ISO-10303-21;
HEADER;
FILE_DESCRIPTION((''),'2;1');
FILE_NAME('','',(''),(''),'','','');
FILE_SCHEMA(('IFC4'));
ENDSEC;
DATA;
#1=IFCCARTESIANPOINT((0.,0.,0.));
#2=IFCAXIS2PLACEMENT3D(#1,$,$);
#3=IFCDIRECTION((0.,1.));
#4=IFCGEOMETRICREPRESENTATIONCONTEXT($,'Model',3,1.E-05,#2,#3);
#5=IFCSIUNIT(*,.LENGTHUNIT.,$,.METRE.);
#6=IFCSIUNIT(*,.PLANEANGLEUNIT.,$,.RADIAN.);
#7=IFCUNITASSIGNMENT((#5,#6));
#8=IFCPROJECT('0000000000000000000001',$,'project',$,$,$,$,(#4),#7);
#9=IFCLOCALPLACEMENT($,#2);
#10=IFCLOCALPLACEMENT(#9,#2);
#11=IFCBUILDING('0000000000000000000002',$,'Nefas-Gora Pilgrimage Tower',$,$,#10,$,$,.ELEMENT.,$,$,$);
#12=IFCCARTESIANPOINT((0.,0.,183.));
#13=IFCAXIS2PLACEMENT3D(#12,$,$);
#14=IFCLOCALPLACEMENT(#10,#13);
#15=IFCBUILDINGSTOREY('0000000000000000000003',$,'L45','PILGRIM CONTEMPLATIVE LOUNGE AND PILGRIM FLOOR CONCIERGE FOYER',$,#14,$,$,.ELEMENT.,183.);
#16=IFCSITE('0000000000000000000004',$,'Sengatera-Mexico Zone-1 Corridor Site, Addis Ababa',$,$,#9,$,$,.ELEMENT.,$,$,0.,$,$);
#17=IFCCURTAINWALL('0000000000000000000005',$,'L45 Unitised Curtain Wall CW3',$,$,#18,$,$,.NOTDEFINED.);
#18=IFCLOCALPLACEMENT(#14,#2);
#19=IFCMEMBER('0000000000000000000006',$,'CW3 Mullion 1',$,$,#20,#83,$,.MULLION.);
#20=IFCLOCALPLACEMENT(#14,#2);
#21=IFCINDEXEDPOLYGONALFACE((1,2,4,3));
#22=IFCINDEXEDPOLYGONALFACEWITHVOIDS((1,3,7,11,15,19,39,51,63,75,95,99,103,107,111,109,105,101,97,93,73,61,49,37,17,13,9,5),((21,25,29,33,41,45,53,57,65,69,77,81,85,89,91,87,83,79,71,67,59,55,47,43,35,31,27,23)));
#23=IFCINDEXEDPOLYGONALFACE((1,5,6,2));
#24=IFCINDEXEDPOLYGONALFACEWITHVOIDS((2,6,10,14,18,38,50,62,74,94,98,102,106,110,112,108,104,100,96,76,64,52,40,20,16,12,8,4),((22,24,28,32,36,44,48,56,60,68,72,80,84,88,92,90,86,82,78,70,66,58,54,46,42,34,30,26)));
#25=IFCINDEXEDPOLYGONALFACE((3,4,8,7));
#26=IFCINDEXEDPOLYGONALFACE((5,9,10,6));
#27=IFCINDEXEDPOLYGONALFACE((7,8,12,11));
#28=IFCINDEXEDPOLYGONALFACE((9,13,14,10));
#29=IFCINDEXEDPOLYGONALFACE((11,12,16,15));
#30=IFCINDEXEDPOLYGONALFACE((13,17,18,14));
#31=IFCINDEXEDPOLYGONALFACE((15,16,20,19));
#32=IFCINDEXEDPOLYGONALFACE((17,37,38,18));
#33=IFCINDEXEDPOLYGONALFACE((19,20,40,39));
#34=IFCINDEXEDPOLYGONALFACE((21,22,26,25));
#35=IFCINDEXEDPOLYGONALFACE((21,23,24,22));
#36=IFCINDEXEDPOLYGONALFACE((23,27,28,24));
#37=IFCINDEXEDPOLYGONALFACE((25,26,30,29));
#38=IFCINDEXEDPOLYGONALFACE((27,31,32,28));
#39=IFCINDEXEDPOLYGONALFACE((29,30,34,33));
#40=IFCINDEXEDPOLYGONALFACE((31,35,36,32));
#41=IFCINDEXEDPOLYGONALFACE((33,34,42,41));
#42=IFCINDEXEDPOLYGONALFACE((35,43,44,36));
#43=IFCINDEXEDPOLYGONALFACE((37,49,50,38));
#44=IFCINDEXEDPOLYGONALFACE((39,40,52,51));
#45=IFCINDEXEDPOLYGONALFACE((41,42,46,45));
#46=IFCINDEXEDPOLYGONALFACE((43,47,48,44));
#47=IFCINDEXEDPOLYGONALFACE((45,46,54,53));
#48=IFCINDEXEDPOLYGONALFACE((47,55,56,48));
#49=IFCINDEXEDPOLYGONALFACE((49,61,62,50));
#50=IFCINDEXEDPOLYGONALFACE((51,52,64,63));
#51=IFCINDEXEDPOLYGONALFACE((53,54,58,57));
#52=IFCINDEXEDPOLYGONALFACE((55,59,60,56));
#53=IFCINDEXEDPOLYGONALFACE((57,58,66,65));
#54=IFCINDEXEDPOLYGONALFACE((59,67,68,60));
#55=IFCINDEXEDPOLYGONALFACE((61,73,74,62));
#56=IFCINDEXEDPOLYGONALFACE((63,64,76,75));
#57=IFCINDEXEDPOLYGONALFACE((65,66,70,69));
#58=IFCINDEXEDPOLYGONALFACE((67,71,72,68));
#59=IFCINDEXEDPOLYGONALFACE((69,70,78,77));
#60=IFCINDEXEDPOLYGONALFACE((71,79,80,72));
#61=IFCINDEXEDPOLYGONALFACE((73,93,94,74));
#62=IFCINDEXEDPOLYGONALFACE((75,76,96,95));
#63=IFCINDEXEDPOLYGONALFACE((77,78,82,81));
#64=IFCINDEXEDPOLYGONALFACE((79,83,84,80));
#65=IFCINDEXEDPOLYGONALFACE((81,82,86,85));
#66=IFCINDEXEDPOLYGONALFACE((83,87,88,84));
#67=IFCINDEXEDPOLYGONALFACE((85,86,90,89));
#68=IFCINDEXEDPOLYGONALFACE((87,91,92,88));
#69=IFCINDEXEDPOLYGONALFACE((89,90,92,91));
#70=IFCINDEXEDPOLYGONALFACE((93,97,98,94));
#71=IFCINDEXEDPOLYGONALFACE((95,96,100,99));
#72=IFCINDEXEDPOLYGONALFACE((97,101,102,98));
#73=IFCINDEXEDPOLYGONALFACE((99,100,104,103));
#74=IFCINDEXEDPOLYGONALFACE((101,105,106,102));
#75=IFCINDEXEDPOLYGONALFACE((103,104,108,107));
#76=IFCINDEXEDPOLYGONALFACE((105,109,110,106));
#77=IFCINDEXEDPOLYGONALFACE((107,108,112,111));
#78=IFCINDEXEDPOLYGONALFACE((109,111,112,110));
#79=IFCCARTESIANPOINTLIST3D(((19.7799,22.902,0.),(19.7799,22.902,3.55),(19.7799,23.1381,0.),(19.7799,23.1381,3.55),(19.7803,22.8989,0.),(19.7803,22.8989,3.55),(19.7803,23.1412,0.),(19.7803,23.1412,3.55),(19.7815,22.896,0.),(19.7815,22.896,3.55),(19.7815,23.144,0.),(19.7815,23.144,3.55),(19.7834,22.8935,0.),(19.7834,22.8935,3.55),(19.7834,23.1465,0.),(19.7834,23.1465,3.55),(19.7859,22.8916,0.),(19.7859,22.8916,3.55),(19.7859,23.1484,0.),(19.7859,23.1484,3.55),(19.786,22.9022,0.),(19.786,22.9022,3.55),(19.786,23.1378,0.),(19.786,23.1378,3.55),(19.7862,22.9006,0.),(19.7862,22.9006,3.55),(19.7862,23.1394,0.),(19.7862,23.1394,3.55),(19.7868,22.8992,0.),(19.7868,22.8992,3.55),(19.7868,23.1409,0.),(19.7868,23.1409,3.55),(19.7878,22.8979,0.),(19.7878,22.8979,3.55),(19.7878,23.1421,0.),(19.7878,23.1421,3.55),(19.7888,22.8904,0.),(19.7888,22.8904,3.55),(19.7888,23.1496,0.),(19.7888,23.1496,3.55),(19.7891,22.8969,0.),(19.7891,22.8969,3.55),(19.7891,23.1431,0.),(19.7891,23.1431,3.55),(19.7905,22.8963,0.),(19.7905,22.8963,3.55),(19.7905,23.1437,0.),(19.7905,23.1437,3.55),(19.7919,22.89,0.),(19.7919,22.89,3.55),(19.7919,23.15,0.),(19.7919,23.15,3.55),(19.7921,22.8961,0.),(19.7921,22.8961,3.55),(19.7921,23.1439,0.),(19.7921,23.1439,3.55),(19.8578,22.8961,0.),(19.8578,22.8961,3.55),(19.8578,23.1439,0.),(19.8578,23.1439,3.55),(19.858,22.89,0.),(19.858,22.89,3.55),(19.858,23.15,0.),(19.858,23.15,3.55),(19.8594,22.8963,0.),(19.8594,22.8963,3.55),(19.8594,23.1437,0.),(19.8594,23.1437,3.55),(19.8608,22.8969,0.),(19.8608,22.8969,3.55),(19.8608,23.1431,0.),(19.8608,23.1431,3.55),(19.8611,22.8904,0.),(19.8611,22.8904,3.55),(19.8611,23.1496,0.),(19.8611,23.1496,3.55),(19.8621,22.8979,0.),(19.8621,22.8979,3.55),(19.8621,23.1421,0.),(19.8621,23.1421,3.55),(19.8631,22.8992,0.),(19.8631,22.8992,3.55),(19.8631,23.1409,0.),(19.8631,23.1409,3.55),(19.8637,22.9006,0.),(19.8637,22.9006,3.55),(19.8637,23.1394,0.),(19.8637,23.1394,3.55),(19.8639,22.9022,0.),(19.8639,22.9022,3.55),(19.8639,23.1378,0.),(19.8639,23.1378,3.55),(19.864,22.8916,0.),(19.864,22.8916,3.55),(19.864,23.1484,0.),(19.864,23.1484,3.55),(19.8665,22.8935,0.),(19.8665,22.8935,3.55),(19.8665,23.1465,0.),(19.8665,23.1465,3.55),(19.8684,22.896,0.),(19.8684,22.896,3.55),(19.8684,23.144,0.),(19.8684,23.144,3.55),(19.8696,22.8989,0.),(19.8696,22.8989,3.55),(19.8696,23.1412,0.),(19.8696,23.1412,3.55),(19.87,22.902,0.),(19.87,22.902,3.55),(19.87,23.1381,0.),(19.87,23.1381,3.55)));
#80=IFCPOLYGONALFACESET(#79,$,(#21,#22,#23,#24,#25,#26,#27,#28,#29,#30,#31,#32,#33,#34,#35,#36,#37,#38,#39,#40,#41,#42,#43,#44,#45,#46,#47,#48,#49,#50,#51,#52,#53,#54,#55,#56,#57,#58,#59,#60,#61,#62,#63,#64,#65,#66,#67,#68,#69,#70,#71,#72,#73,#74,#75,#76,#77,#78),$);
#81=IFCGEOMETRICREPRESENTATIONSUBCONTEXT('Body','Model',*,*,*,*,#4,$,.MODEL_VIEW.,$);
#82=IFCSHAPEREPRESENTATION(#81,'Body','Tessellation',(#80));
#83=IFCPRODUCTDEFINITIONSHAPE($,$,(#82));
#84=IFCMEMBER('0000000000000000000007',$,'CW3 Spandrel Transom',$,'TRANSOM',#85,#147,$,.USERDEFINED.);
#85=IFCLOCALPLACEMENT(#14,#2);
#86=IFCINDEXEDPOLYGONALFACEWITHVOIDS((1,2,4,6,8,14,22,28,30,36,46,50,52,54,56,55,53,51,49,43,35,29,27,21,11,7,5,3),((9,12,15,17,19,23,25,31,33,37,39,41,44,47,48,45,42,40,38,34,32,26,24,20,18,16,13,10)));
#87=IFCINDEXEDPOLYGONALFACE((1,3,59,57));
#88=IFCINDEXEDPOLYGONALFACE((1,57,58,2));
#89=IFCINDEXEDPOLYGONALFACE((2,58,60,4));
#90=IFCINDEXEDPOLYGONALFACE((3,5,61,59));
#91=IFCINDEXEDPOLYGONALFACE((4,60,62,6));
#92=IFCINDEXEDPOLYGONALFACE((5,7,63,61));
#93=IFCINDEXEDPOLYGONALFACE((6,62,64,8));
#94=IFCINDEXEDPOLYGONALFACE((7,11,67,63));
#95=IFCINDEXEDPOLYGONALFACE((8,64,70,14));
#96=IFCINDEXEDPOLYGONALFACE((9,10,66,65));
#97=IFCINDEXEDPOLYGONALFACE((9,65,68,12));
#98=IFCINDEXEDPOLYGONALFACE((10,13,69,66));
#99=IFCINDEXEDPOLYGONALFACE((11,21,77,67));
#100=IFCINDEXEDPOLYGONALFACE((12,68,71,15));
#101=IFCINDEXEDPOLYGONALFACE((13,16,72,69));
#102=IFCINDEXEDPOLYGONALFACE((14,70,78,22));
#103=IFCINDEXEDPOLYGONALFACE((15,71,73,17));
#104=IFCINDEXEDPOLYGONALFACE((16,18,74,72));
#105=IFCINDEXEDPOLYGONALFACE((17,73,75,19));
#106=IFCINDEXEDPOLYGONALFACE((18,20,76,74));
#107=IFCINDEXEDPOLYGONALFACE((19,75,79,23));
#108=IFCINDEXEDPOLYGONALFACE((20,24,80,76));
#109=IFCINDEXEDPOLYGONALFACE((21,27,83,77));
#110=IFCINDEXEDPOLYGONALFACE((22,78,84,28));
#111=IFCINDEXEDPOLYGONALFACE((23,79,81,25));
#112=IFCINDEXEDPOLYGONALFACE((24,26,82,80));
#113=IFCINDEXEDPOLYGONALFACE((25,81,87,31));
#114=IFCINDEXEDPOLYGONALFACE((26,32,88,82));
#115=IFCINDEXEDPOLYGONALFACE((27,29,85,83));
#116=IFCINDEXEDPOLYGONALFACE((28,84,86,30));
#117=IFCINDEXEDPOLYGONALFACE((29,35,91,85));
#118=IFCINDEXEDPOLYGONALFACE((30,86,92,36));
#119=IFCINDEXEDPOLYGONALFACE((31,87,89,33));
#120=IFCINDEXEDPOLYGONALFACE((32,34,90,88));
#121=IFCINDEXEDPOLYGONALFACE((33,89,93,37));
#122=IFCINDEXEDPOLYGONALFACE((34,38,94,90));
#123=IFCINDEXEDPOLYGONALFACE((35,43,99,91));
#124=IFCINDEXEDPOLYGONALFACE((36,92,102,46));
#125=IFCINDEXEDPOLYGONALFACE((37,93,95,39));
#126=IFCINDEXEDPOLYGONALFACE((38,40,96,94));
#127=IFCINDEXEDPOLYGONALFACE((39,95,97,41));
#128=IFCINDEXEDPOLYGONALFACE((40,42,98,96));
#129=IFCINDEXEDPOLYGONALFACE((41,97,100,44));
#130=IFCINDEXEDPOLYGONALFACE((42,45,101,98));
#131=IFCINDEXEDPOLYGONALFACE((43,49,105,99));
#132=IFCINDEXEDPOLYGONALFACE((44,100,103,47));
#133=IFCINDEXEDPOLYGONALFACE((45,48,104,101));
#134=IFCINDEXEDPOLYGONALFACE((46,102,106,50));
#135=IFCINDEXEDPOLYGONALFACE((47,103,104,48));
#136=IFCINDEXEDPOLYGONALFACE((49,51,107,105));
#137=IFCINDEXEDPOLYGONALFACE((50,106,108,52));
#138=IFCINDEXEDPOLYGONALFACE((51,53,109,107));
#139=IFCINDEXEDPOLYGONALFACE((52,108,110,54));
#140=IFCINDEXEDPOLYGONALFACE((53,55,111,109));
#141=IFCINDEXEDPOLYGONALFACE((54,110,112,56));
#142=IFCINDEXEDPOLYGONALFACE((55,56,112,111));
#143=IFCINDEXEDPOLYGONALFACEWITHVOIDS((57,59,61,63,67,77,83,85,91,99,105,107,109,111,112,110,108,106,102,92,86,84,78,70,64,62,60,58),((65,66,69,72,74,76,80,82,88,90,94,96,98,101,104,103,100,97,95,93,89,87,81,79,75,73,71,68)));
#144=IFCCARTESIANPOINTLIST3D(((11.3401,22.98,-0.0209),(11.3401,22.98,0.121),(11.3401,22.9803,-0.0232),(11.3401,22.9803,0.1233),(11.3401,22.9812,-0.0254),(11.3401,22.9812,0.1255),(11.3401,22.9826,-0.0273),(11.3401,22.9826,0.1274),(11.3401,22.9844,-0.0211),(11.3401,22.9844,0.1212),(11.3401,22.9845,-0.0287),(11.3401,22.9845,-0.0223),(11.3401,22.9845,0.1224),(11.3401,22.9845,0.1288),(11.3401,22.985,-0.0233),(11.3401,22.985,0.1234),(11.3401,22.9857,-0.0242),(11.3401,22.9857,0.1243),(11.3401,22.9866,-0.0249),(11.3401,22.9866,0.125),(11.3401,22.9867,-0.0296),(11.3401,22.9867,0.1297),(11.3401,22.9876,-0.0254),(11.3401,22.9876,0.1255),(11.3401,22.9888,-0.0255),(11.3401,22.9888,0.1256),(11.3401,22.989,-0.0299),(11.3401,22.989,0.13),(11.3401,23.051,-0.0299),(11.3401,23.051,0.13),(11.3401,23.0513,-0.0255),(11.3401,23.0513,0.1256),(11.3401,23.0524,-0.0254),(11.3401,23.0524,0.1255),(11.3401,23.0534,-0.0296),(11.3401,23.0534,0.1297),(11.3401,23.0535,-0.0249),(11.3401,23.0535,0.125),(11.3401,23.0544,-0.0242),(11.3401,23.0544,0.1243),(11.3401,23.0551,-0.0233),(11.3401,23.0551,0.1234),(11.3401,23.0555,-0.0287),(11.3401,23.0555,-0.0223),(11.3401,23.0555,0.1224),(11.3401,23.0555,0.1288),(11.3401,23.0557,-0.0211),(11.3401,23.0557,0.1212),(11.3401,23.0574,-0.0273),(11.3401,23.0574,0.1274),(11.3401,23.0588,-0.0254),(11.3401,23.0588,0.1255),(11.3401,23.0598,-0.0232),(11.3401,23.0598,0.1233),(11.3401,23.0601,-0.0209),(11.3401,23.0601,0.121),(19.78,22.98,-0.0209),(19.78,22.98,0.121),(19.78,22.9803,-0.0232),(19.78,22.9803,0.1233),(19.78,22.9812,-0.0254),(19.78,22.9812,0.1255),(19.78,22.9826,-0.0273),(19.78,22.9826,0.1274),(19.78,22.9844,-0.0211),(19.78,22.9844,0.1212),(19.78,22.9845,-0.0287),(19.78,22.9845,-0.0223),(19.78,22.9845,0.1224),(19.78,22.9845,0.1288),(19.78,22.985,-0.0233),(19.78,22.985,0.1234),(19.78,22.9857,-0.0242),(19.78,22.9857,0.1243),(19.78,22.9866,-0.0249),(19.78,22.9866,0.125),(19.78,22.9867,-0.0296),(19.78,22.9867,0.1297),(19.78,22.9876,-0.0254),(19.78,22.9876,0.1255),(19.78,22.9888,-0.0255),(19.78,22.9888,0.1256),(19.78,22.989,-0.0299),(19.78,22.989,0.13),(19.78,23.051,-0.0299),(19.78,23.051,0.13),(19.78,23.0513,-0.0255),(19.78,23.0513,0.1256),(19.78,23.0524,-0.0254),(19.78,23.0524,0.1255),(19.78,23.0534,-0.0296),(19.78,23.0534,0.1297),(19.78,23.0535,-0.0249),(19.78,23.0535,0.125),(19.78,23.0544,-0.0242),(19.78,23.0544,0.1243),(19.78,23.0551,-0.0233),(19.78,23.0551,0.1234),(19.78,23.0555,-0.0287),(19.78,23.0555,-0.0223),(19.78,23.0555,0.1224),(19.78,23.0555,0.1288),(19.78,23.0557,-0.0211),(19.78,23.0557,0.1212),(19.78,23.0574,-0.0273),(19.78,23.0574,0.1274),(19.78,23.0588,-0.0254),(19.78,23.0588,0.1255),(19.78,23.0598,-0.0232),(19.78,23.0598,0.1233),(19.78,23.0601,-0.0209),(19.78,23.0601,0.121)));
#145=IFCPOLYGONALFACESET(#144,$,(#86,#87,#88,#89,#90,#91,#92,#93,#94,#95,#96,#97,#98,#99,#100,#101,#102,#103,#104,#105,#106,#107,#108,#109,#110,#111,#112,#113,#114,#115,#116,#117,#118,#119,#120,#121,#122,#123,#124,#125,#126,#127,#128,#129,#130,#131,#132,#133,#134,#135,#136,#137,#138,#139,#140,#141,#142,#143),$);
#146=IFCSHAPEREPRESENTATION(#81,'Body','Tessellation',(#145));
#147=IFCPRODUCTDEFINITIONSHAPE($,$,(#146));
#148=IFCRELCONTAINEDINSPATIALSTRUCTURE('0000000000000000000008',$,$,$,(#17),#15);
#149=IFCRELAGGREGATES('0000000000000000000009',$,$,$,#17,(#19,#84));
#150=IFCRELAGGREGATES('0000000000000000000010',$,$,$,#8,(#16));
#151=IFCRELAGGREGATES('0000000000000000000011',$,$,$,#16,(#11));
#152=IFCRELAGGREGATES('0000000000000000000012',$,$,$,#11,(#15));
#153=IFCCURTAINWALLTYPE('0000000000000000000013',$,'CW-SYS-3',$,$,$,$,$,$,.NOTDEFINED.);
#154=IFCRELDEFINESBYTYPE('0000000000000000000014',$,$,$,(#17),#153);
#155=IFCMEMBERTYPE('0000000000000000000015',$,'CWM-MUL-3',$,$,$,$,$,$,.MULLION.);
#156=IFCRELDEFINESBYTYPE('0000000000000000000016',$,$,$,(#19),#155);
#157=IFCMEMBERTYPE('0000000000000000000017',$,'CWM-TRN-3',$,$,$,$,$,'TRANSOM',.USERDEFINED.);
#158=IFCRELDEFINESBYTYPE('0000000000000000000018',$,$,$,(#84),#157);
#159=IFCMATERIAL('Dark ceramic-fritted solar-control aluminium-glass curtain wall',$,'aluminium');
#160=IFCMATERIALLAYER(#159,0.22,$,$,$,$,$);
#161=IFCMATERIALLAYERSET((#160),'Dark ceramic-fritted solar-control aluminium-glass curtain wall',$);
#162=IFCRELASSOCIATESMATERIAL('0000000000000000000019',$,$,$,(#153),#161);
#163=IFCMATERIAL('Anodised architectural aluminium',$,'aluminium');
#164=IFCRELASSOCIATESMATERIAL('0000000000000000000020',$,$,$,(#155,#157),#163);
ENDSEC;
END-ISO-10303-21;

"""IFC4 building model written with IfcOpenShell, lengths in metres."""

from ifc_helpers import new_model, si_unit, direction, frame, origin, origin_2d, place, context, subcontext, project, spatial, hollow_rectangle, extrude, source, transform, mapped, material, layer, layer_set, material_profile, profile_set, type_object, element, aggregate, save


model = new_model("IFC4")

# Units and contexts
model_context = context("Model", 3, precision=1e-05, world=origin(), true_north=direction((0.0, 1.0)))
body_context = subcontext(model_context, "Body", "Model", "MODEL_VIEW")
ifc_project = project(units=[si_unit("LENGTHUNIT", "METRE"), si_unit("PLANEANGLEUNIT", "RADIAN")], contexts=[model_context])

# Site, building, storey
site_placement = place(None, origin())
site = spatial("IfcSite", under=ifc_project, at=site_placement, Name="Sengatera-Mexico Zone-1 Corridor Site, Addis Ababa", CompositionType="ELEMENT", RefElevation=0.0)
building_placement = place(site_placement, origin())
building = spatial("IfcBuilding", under=site, at=building_placement, Name="Nefas-Gora Pilgrimage Tower", CompositionType="ELEMENT")
storey_placement = place(building_placement, frame((0.0, 0.0, 183.0)))
storey = spatial("IfcBuildingStorey", under=building, at=storey_placement, Name="L45", Description="PILGRIM CONTEMPLATIVE LOUNGE AND PILGRIM FLOOR CONCIERGE FOYER", CompositionType="ELEMENT", Elevation=183.0)

# Curtain wall, members
ifc_material_1 = material(Name="Dark ceramic-fritted solar-control aluminium-glass curtain wall", Category="aluminium")
ifc_layer_1 = layer(ifc_material_1, 0.22)
ifc_layer_set_1 = layer_set([ifc_layer_1], Name="Dark ceramic-fritted solar-control aluminium-glass curtain wall")
curtain_wall_type = type_object("IfcCurtainWallType", Name="CW-SYS-3", PredefinedType="NOTDEFINED", material=ifc_layer_set_1)
ifc_material_2 = material(Name="Anodised architectural aluminium", Category="aluminium")
ifc_material_profile_1 = material_profile(ifc_material_2, hollow_rectangle(XDim=0.0901, YDim=0.26, WallThickness=0.0061, InnerFilletRadius=0.0061, OuterFilletRadius=0.012, at=origin_2d()), Name="ALU MULLION 90x260")
ifc_profile_set_1 = profile_set([ifc_material_profile_1], Name="Anodised architectural aluminium")
member_type_1 = type_object("IfcMemberType", Name="CWM-MUL-3", PredefinedType="MULLION", material=ifc_profile_set_1)
shared_shape_1 = source(origin(), body_context, "Body", "SweptSolid", [
    extrude(hollow_rectangle(XDim=0.0901, YDim=0.26, WallThickness=0.0061, InnerFilletRadius=0.0061, OuterFilletRadius=0.012, at=origin_2d()), origin(), (0.0, 0.0, 1.0), 3.55),
])
curtain_wall_1_placement = place(storey_placement, origin())
curtain_wall_1 = element("IfcCurtainWall", 1, at=curtain_wall_1_placement, inside=storey, type_object=curtain_wall_type, Name="L45 Unitised Curtain Wall CW3", PredefinedType="NOTDEFINED")
member_1_placement = place(storey_placement, frame((19.825, 23.02, 0.0), z_axis=(0.0, 0.0, 1.0), x_axis=(-1.0, 0.0, 0.0)))
member_1 = element("IfcMember", 2, at=member_1_placement, type_object=member_type_1, Name="CW3 Mullion 1", PredefinedType="MULLION", context=body_context, shape_type="MappedRepresentation", body=[
    mapped(shared_shape_1, transform((0.0, 0.0, 0.0), x_axis=(1.0, 0.0, 0.0), y_axis=(0.0, 1.0, 0.0), z_axis=(0.0, 0.0, 1.0), scale=1.0)),
])
ifc_material_profile_2 = material_profile(ifc_material_2, hollow_rectangle(XDim=0.0801, YDim=0.1599, WallThickness=0.0044, InnerFilletRadius=0.0044, OuterFilletRadius=0.009, at=origin_2d()), Name="ALU TRANSOM 80x160")
ifc_profile_set_2 = profile_set([ifc_material_profile_2], Name="Anodised architectural aluminium")
member_type_2 = type_object("IfcMemberType", Name="CWM-TRN-3", ElementType="TRANSOM", PredefinedType="USERDEFINED", material=ifc_profile_set_2)
shared_shape_2 = source(origin(), body_context, "Body", "SweptSolid", [
    extrude(hollow_rectangle(XDim=0.0801, YDim=0.1599, WallThickness=0.0044, InnerFilletRadius=0.0044, OuterFilletRadius=0.009, at=origin_2d()), origin(), (0.0, 0.0, 1.0), 8.4399),
])
member_2_placement = place(storey_placement, frame((19.78, 23.02, 0.05), z_axis=(-1.0, 0.0, 0.0), x_axis=(0.0, -1.0, 0.0)))
member_2 = element("IfcMember", 3, at=member_2_placement, type_object=member_type_2, Name="CW3 Spandrel Transom", ObjectType="TRANSOM", PredefinedType="USERDEFINED", context=body_context, shape_type="MappedRepresentation", body=[
    mapped(shared_shape_2, transform((0.0, 0.0, 0.0), x_axis=(1.0, 0.0, 0.0), y_axis=(0.0, 1.0, 0.0), z_axis=(0.0, 0.0, 1.0), scale=1.0)),
])

aggregate(curtain_wall_1, [member_1, member_2])

save(model, "model.ifc")
